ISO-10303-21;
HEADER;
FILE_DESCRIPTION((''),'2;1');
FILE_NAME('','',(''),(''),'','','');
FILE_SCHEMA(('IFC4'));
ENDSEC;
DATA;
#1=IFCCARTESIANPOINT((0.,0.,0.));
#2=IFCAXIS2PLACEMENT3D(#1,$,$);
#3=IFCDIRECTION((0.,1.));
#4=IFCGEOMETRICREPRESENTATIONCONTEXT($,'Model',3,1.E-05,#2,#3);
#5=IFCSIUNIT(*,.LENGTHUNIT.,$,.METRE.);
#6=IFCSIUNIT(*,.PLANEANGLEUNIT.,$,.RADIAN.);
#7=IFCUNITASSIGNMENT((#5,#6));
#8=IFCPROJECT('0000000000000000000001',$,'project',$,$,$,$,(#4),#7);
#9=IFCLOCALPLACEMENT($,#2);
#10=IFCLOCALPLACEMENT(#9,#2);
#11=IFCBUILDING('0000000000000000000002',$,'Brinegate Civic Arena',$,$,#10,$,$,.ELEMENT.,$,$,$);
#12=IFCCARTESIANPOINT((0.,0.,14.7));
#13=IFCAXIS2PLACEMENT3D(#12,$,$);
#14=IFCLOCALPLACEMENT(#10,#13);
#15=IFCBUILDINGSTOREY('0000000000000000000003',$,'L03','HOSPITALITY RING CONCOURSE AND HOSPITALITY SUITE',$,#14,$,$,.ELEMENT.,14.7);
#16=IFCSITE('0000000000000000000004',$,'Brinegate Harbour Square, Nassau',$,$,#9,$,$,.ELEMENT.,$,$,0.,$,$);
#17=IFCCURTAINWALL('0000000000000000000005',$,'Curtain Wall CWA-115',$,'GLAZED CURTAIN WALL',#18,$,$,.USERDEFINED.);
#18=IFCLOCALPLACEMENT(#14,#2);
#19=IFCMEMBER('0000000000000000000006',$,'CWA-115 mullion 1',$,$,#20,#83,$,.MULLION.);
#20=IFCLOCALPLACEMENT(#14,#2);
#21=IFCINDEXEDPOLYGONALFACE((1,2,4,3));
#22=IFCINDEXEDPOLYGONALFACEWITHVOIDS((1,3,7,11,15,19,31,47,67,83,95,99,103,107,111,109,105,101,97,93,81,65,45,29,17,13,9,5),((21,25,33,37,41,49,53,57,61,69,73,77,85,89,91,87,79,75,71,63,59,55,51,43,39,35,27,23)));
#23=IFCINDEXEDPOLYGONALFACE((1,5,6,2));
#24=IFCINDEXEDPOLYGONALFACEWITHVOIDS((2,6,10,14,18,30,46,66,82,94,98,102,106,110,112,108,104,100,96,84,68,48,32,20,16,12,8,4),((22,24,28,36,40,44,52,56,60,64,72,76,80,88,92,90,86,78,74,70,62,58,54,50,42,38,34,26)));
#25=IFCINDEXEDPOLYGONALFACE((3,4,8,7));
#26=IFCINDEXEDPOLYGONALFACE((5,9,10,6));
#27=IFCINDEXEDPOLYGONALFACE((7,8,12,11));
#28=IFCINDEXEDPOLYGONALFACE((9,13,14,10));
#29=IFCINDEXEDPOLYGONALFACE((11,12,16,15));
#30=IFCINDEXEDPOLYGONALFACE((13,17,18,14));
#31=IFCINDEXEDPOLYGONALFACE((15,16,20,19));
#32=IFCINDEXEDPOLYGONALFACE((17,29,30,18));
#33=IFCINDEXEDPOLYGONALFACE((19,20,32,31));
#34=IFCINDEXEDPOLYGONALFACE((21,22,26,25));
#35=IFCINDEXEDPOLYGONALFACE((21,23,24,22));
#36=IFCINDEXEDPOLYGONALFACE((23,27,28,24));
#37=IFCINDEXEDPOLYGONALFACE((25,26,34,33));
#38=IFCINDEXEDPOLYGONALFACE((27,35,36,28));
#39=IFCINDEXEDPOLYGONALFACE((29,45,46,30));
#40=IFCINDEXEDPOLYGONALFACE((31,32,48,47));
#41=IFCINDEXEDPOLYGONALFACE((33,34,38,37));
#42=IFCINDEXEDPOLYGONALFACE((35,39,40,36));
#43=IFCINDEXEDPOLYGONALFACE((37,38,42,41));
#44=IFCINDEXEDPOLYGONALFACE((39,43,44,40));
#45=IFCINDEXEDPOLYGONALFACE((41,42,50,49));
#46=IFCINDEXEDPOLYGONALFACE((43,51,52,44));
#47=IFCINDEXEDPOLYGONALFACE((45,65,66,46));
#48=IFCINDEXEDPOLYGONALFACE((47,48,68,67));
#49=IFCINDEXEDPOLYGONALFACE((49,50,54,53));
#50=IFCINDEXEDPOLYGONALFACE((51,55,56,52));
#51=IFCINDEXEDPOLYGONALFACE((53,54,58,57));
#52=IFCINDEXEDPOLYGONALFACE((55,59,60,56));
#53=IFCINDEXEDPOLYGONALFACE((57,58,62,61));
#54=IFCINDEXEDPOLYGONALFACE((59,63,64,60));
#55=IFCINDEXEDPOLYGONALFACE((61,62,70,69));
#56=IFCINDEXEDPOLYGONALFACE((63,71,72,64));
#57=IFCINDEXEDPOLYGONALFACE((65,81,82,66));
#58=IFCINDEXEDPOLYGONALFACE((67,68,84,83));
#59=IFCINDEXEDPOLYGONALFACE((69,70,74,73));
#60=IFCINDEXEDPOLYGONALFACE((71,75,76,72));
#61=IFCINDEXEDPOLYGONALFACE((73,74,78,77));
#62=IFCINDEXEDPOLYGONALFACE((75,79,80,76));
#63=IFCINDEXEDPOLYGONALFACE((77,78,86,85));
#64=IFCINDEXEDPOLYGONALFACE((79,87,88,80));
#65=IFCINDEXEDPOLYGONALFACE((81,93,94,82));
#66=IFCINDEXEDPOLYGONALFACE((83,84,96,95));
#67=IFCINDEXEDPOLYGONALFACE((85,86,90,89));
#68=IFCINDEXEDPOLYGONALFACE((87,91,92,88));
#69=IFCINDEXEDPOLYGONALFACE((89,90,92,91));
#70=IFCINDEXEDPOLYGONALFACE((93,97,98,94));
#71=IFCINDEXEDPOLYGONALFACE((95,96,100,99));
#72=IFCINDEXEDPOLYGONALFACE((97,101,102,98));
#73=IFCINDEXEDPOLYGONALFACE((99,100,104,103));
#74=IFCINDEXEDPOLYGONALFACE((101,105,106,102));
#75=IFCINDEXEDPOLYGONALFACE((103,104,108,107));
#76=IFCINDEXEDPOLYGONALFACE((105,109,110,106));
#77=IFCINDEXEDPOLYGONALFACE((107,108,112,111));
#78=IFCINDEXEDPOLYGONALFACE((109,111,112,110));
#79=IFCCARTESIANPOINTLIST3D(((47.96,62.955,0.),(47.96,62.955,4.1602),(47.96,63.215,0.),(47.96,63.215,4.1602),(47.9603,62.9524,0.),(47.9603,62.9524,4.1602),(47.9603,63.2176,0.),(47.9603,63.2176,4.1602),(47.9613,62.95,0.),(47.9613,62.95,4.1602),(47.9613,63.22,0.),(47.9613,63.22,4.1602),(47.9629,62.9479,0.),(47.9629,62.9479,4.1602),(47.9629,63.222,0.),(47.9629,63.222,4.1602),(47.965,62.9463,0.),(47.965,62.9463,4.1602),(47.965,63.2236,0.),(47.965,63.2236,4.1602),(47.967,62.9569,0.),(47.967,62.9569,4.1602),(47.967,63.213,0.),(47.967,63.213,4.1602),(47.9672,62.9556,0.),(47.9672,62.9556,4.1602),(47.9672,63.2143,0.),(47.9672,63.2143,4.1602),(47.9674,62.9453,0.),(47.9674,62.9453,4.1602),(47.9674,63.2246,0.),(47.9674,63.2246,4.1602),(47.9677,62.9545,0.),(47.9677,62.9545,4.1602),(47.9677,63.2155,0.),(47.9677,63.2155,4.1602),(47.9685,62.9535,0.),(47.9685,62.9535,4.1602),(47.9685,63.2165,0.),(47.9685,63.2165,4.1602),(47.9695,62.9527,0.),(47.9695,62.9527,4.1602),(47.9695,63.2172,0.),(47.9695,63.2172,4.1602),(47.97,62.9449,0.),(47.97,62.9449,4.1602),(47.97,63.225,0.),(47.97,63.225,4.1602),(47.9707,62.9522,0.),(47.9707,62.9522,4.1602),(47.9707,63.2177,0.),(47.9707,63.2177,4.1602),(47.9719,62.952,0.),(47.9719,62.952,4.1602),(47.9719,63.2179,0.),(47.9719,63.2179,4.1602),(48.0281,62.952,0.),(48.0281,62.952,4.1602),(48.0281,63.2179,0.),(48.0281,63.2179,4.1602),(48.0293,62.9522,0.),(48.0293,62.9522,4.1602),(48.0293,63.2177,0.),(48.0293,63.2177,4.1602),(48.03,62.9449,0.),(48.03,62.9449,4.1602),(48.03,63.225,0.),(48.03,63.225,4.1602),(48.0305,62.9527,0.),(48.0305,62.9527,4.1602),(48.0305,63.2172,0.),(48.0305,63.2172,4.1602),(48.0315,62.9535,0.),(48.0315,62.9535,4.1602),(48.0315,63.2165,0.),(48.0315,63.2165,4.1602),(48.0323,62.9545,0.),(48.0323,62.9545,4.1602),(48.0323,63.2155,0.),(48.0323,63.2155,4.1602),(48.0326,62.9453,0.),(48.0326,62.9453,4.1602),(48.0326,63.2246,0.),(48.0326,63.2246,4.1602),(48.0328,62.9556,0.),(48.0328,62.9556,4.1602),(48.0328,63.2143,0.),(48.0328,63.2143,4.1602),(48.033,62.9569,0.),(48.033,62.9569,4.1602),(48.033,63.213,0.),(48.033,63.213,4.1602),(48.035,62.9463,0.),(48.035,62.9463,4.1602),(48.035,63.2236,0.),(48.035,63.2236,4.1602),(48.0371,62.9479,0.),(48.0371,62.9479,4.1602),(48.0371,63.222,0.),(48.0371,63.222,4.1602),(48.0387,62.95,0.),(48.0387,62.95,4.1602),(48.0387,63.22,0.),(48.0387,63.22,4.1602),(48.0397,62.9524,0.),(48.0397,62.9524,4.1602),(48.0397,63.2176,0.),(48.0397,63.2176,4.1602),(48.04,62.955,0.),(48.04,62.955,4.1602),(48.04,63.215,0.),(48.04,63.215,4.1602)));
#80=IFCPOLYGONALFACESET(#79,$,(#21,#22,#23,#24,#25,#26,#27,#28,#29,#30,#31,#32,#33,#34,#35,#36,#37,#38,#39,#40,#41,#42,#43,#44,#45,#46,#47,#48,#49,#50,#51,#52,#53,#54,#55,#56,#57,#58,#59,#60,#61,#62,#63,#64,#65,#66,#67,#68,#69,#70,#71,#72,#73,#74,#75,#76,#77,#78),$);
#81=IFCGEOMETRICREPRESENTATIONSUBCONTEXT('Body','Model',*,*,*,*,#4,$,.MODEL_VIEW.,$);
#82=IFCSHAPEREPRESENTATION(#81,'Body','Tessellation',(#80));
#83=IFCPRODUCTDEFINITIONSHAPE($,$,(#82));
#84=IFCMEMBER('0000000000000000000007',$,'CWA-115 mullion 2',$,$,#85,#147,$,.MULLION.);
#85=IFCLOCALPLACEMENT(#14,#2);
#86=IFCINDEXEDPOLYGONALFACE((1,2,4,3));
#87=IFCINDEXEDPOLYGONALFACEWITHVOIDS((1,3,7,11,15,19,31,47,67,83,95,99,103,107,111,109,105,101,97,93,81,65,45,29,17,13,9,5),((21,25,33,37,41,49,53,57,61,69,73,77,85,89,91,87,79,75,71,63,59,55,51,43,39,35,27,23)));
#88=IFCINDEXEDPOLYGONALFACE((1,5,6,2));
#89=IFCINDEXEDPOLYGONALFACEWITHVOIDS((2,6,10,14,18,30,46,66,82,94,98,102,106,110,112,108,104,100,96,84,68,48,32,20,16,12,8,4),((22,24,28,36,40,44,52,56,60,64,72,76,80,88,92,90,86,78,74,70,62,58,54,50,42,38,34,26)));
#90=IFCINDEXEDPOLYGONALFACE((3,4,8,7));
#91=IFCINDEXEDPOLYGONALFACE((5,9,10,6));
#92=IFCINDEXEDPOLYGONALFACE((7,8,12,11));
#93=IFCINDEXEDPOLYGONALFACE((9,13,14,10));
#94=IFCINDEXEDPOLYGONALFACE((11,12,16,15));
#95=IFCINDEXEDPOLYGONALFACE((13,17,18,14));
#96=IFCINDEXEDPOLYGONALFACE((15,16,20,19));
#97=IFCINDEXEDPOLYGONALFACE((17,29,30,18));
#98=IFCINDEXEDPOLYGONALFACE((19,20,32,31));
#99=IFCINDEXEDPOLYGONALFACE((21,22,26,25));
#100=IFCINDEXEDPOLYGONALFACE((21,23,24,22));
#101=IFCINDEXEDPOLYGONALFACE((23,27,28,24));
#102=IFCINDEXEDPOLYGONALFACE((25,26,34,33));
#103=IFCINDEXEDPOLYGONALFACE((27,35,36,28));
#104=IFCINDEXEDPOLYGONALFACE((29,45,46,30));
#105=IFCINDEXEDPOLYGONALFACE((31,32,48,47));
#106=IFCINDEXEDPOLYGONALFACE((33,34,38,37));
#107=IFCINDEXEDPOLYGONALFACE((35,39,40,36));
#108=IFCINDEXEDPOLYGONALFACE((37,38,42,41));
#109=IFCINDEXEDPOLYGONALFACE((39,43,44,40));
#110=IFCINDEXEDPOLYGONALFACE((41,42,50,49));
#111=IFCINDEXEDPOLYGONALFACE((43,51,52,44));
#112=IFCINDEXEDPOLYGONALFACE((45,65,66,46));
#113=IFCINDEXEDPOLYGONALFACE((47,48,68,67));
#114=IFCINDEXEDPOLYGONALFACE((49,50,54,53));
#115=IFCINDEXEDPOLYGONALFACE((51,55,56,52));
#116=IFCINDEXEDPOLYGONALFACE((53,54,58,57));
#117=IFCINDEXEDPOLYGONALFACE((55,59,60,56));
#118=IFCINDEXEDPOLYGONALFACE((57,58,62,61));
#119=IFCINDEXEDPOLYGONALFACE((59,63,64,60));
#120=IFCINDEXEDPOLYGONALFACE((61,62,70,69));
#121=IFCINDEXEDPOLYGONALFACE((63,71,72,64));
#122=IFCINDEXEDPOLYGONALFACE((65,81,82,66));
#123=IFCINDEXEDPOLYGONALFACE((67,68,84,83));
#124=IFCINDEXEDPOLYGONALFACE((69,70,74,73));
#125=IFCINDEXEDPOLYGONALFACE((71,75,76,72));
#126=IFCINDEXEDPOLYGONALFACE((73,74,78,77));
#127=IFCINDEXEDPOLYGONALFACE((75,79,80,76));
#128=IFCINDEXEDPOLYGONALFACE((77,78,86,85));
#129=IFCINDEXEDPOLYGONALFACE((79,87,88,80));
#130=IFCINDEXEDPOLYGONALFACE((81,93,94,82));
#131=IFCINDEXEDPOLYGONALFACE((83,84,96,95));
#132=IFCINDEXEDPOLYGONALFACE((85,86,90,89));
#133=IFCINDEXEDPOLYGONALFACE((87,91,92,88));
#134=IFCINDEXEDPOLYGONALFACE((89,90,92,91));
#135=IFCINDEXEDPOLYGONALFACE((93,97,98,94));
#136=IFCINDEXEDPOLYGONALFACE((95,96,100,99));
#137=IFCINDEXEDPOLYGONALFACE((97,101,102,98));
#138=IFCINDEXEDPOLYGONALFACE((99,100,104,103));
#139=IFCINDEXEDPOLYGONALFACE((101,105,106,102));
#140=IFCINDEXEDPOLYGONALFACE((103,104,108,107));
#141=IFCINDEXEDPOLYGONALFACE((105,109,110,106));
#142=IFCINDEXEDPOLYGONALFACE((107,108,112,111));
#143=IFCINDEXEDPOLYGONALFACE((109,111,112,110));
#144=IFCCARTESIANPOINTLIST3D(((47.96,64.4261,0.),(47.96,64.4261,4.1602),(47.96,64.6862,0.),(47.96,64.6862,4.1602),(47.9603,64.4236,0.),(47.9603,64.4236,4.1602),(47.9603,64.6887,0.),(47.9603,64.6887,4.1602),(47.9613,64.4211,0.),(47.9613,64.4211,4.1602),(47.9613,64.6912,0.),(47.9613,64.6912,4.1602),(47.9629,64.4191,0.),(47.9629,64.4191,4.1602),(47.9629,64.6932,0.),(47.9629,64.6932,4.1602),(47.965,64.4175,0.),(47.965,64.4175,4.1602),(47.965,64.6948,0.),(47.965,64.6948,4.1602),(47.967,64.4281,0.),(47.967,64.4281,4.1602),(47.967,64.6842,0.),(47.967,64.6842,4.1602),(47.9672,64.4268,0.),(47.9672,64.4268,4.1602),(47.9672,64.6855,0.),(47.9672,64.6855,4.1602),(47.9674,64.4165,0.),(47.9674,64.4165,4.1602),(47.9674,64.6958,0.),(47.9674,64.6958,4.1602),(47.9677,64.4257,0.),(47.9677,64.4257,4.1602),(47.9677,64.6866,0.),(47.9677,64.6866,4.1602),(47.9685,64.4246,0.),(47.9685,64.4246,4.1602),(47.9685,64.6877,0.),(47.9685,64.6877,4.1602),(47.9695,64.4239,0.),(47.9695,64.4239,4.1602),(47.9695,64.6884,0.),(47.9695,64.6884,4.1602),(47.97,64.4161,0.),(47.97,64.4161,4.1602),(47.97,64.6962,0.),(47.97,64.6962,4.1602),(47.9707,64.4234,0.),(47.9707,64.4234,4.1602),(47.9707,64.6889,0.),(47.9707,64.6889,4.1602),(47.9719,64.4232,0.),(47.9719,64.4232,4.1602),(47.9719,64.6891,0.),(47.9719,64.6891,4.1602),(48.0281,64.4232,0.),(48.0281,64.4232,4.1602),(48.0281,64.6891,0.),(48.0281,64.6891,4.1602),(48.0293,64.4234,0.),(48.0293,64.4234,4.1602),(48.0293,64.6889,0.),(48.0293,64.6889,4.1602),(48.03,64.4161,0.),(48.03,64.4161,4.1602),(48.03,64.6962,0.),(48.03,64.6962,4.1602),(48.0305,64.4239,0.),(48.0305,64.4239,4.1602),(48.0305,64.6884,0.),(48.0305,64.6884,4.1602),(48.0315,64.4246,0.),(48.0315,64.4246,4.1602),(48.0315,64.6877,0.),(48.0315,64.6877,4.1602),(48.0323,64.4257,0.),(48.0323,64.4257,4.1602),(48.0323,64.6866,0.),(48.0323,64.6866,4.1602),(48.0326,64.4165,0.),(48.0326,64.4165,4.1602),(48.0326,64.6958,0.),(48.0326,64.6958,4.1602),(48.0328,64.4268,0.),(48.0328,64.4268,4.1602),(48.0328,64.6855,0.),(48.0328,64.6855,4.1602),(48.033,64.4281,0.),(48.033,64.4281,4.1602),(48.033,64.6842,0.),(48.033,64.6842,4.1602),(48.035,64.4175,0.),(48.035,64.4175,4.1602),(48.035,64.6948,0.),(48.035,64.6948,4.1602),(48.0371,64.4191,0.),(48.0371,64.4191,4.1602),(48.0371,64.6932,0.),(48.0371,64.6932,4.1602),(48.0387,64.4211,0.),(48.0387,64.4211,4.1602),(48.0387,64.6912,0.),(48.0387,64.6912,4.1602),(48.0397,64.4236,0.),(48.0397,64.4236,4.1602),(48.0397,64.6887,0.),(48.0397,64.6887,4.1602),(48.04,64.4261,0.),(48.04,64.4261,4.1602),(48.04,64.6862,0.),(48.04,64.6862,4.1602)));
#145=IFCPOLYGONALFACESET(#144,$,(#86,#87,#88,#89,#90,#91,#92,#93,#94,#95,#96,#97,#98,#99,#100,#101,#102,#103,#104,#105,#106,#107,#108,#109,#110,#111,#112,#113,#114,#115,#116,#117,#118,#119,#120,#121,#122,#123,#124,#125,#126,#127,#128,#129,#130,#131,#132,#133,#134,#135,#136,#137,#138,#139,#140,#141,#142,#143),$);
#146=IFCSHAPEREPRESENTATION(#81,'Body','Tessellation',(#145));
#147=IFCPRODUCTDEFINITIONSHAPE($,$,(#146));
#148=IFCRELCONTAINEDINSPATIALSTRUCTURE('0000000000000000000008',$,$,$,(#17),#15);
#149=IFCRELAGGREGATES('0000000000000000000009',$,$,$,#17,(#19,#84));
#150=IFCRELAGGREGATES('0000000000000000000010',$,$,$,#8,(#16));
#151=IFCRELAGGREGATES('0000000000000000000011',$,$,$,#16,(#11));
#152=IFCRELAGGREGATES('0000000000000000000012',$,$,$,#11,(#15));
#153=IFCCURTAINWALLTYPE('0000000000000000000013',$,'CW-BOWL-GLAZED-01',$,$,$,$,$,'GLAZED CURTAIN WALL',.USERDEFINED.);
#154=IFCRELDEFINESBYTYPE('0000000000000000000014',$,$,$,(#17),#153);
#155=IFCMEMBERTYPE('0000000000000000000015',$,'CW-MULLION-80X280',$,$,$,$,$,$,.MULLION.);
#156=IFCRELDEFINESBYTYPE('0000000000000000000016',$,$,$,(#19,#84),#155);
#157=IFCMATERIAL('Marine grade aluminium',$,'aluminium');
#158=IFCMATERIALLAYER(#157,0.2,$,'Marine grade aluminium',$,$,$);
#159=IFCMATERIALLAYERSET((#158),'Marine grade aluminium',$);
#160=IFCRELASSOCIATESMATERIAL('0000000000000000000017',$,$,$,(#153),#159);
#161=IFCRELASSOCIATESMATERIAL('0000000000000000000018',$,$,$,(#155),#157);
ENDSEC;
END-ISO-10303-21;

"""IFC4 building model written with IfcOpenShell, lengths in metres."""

from ifc_helpers import new_model, si_unit, direction, frame, origin, origin_2d, place, context, subcontext, project, spatial, hollow_rectangle, extrude, material, layer, layer_set, material_profile, profile_set, type_object, element, aggregate, save


model = new_model("IFC4")

# Units and contexts
model_context = context("Model", 3, precision=1e-05, world=origin(), true_north=direction((0.0, 1.0)))
body_context = subcontext(model_context, "Body", "Model", "MODEL_VIEW")
ifc_project = project(units=[si_unit("LENGTHUNIT", "METRE"), si_unit("PLANEANGLEUNIT", "RADIAN")], contexts=[model_context])

# Site, building, storey
site_placement = place(None, origin())
site = spatial("IfcSite", under=ifc_project, at=site_placement, Name="Brinegate Harbour Square, Nassau", CompositionType="ELEMENT", RefElevation=0.0)
building_placement = place(site_placement, origin())
building = spatial("IfcBuilding", under=site, at=building_placement, Name="Brinegate Civic Arena", CompositionType="ELEMENT")
storey_placement = place(building_placement, frame((0.0, 0.0, 14.7)))
storey = spatial("IfcBuildingStorey", under=building, at=storey_placement, Name="L03", Description="HOSPITALITY RING CONCOURSE AND HOSPITALITY SUITE", CompositionType="ELEMENT", Elevation=14.7)

# Curtain wall, members
ifc_material_1 = material(Name="Marine grade aluminium", Category="aluminium")
ifc_layer_1 = layer(ifc_material_1, 0.2, Name="Marine grade aluminium")
ifc_layer_set_1 = layer_set([ifc_layer_1], Name="Marine grade aluminium")
curtain_wall_type = type_object("IfcCurtainWallType", Name="CW-BOWL-GLAZED-01", ElementType="GLAZED CURTAIN WALL", PredefinedType="USERDEFINED", material=ifc_layer_set_1)
curtain_wall_1_placement = place(storey_placement, origin())
curtain_wall_1 = element("IfcCurtainWall", 1, at=curtain_wall_1_placement, inside=storey, type_object=curtain_wall_type, Name="Curtain Wall CWA-115", ObjectType="GLAZED CURTAIN WALL", PredefinedType="USERDEFINED")
ifc_material_profile_1 = material_profile(ifc_material_1, hollow_rectangle(XDim=0.0801, YDim=0.28, WallThickness=0.0071, InnerFilletRadius=0.0049, OuterFilletRadius=0.01, at=origin_2d()), Name="MUL80X280")
ifc_profile_set_1 = profile_set([ifc_material_profile_1], Name="Marine grade aluminium")
member_type_1 = type_object("IfcMemberType", Name="CW-MULLION-80X280", PredefinedType="MULLION", material=ifc_profile_set_1)
member_1_placement = place(storey_placement, frame((48.0, 63.085, 0.0), z_axis=(0.0, 0.0, 1.0), x_axis=(-1.0, 0.0, 0.0)))
member_1 = element("IfcMember", 2, at=member_1_placement, type_object=member_type_1, Name="CWA-115 mullion 1", PredefinedType="MULLION", context=body_context, shape_type="SweptSolid", body=[
    extrude(hollow_rectangle(XDim=0.0801, YDim=0.28, WallThickness=0.0071, InnerFilletRadius=0.0049, OuterFilletRadius=0.01, at=origin_2d()), origin(), (0.0, 0.0, 1.0), 4.1602),
])
member_2_placement = place(storey_placement, frame((48.0, 64.5562, 0.0), z_axis=(0.0, 0.0, 1.0), x_axis=(-1.0, 0.0, 0.0)))
member_2 = element("IfcMember", 3, at=member_2_placement, type_object=member_type_1, Name="CWA-115 mullion 2", PredefinedType="MULLION", context=body_context, shape_type="SweptSolid", body=[
    extrude(hollow_rectangle(XDim=0.0801, YDim=0.28, WallThickness=0.0071, InnerFilletRadius=0.0049, OuterFilletRadius=0.01, at=origin_2d()), origin(), (0.0, 0.0, 1.0), 4.1602),
])

aggregate(curtain_wall_1, [member_1, member_2])

save(model, "model.ifc")
